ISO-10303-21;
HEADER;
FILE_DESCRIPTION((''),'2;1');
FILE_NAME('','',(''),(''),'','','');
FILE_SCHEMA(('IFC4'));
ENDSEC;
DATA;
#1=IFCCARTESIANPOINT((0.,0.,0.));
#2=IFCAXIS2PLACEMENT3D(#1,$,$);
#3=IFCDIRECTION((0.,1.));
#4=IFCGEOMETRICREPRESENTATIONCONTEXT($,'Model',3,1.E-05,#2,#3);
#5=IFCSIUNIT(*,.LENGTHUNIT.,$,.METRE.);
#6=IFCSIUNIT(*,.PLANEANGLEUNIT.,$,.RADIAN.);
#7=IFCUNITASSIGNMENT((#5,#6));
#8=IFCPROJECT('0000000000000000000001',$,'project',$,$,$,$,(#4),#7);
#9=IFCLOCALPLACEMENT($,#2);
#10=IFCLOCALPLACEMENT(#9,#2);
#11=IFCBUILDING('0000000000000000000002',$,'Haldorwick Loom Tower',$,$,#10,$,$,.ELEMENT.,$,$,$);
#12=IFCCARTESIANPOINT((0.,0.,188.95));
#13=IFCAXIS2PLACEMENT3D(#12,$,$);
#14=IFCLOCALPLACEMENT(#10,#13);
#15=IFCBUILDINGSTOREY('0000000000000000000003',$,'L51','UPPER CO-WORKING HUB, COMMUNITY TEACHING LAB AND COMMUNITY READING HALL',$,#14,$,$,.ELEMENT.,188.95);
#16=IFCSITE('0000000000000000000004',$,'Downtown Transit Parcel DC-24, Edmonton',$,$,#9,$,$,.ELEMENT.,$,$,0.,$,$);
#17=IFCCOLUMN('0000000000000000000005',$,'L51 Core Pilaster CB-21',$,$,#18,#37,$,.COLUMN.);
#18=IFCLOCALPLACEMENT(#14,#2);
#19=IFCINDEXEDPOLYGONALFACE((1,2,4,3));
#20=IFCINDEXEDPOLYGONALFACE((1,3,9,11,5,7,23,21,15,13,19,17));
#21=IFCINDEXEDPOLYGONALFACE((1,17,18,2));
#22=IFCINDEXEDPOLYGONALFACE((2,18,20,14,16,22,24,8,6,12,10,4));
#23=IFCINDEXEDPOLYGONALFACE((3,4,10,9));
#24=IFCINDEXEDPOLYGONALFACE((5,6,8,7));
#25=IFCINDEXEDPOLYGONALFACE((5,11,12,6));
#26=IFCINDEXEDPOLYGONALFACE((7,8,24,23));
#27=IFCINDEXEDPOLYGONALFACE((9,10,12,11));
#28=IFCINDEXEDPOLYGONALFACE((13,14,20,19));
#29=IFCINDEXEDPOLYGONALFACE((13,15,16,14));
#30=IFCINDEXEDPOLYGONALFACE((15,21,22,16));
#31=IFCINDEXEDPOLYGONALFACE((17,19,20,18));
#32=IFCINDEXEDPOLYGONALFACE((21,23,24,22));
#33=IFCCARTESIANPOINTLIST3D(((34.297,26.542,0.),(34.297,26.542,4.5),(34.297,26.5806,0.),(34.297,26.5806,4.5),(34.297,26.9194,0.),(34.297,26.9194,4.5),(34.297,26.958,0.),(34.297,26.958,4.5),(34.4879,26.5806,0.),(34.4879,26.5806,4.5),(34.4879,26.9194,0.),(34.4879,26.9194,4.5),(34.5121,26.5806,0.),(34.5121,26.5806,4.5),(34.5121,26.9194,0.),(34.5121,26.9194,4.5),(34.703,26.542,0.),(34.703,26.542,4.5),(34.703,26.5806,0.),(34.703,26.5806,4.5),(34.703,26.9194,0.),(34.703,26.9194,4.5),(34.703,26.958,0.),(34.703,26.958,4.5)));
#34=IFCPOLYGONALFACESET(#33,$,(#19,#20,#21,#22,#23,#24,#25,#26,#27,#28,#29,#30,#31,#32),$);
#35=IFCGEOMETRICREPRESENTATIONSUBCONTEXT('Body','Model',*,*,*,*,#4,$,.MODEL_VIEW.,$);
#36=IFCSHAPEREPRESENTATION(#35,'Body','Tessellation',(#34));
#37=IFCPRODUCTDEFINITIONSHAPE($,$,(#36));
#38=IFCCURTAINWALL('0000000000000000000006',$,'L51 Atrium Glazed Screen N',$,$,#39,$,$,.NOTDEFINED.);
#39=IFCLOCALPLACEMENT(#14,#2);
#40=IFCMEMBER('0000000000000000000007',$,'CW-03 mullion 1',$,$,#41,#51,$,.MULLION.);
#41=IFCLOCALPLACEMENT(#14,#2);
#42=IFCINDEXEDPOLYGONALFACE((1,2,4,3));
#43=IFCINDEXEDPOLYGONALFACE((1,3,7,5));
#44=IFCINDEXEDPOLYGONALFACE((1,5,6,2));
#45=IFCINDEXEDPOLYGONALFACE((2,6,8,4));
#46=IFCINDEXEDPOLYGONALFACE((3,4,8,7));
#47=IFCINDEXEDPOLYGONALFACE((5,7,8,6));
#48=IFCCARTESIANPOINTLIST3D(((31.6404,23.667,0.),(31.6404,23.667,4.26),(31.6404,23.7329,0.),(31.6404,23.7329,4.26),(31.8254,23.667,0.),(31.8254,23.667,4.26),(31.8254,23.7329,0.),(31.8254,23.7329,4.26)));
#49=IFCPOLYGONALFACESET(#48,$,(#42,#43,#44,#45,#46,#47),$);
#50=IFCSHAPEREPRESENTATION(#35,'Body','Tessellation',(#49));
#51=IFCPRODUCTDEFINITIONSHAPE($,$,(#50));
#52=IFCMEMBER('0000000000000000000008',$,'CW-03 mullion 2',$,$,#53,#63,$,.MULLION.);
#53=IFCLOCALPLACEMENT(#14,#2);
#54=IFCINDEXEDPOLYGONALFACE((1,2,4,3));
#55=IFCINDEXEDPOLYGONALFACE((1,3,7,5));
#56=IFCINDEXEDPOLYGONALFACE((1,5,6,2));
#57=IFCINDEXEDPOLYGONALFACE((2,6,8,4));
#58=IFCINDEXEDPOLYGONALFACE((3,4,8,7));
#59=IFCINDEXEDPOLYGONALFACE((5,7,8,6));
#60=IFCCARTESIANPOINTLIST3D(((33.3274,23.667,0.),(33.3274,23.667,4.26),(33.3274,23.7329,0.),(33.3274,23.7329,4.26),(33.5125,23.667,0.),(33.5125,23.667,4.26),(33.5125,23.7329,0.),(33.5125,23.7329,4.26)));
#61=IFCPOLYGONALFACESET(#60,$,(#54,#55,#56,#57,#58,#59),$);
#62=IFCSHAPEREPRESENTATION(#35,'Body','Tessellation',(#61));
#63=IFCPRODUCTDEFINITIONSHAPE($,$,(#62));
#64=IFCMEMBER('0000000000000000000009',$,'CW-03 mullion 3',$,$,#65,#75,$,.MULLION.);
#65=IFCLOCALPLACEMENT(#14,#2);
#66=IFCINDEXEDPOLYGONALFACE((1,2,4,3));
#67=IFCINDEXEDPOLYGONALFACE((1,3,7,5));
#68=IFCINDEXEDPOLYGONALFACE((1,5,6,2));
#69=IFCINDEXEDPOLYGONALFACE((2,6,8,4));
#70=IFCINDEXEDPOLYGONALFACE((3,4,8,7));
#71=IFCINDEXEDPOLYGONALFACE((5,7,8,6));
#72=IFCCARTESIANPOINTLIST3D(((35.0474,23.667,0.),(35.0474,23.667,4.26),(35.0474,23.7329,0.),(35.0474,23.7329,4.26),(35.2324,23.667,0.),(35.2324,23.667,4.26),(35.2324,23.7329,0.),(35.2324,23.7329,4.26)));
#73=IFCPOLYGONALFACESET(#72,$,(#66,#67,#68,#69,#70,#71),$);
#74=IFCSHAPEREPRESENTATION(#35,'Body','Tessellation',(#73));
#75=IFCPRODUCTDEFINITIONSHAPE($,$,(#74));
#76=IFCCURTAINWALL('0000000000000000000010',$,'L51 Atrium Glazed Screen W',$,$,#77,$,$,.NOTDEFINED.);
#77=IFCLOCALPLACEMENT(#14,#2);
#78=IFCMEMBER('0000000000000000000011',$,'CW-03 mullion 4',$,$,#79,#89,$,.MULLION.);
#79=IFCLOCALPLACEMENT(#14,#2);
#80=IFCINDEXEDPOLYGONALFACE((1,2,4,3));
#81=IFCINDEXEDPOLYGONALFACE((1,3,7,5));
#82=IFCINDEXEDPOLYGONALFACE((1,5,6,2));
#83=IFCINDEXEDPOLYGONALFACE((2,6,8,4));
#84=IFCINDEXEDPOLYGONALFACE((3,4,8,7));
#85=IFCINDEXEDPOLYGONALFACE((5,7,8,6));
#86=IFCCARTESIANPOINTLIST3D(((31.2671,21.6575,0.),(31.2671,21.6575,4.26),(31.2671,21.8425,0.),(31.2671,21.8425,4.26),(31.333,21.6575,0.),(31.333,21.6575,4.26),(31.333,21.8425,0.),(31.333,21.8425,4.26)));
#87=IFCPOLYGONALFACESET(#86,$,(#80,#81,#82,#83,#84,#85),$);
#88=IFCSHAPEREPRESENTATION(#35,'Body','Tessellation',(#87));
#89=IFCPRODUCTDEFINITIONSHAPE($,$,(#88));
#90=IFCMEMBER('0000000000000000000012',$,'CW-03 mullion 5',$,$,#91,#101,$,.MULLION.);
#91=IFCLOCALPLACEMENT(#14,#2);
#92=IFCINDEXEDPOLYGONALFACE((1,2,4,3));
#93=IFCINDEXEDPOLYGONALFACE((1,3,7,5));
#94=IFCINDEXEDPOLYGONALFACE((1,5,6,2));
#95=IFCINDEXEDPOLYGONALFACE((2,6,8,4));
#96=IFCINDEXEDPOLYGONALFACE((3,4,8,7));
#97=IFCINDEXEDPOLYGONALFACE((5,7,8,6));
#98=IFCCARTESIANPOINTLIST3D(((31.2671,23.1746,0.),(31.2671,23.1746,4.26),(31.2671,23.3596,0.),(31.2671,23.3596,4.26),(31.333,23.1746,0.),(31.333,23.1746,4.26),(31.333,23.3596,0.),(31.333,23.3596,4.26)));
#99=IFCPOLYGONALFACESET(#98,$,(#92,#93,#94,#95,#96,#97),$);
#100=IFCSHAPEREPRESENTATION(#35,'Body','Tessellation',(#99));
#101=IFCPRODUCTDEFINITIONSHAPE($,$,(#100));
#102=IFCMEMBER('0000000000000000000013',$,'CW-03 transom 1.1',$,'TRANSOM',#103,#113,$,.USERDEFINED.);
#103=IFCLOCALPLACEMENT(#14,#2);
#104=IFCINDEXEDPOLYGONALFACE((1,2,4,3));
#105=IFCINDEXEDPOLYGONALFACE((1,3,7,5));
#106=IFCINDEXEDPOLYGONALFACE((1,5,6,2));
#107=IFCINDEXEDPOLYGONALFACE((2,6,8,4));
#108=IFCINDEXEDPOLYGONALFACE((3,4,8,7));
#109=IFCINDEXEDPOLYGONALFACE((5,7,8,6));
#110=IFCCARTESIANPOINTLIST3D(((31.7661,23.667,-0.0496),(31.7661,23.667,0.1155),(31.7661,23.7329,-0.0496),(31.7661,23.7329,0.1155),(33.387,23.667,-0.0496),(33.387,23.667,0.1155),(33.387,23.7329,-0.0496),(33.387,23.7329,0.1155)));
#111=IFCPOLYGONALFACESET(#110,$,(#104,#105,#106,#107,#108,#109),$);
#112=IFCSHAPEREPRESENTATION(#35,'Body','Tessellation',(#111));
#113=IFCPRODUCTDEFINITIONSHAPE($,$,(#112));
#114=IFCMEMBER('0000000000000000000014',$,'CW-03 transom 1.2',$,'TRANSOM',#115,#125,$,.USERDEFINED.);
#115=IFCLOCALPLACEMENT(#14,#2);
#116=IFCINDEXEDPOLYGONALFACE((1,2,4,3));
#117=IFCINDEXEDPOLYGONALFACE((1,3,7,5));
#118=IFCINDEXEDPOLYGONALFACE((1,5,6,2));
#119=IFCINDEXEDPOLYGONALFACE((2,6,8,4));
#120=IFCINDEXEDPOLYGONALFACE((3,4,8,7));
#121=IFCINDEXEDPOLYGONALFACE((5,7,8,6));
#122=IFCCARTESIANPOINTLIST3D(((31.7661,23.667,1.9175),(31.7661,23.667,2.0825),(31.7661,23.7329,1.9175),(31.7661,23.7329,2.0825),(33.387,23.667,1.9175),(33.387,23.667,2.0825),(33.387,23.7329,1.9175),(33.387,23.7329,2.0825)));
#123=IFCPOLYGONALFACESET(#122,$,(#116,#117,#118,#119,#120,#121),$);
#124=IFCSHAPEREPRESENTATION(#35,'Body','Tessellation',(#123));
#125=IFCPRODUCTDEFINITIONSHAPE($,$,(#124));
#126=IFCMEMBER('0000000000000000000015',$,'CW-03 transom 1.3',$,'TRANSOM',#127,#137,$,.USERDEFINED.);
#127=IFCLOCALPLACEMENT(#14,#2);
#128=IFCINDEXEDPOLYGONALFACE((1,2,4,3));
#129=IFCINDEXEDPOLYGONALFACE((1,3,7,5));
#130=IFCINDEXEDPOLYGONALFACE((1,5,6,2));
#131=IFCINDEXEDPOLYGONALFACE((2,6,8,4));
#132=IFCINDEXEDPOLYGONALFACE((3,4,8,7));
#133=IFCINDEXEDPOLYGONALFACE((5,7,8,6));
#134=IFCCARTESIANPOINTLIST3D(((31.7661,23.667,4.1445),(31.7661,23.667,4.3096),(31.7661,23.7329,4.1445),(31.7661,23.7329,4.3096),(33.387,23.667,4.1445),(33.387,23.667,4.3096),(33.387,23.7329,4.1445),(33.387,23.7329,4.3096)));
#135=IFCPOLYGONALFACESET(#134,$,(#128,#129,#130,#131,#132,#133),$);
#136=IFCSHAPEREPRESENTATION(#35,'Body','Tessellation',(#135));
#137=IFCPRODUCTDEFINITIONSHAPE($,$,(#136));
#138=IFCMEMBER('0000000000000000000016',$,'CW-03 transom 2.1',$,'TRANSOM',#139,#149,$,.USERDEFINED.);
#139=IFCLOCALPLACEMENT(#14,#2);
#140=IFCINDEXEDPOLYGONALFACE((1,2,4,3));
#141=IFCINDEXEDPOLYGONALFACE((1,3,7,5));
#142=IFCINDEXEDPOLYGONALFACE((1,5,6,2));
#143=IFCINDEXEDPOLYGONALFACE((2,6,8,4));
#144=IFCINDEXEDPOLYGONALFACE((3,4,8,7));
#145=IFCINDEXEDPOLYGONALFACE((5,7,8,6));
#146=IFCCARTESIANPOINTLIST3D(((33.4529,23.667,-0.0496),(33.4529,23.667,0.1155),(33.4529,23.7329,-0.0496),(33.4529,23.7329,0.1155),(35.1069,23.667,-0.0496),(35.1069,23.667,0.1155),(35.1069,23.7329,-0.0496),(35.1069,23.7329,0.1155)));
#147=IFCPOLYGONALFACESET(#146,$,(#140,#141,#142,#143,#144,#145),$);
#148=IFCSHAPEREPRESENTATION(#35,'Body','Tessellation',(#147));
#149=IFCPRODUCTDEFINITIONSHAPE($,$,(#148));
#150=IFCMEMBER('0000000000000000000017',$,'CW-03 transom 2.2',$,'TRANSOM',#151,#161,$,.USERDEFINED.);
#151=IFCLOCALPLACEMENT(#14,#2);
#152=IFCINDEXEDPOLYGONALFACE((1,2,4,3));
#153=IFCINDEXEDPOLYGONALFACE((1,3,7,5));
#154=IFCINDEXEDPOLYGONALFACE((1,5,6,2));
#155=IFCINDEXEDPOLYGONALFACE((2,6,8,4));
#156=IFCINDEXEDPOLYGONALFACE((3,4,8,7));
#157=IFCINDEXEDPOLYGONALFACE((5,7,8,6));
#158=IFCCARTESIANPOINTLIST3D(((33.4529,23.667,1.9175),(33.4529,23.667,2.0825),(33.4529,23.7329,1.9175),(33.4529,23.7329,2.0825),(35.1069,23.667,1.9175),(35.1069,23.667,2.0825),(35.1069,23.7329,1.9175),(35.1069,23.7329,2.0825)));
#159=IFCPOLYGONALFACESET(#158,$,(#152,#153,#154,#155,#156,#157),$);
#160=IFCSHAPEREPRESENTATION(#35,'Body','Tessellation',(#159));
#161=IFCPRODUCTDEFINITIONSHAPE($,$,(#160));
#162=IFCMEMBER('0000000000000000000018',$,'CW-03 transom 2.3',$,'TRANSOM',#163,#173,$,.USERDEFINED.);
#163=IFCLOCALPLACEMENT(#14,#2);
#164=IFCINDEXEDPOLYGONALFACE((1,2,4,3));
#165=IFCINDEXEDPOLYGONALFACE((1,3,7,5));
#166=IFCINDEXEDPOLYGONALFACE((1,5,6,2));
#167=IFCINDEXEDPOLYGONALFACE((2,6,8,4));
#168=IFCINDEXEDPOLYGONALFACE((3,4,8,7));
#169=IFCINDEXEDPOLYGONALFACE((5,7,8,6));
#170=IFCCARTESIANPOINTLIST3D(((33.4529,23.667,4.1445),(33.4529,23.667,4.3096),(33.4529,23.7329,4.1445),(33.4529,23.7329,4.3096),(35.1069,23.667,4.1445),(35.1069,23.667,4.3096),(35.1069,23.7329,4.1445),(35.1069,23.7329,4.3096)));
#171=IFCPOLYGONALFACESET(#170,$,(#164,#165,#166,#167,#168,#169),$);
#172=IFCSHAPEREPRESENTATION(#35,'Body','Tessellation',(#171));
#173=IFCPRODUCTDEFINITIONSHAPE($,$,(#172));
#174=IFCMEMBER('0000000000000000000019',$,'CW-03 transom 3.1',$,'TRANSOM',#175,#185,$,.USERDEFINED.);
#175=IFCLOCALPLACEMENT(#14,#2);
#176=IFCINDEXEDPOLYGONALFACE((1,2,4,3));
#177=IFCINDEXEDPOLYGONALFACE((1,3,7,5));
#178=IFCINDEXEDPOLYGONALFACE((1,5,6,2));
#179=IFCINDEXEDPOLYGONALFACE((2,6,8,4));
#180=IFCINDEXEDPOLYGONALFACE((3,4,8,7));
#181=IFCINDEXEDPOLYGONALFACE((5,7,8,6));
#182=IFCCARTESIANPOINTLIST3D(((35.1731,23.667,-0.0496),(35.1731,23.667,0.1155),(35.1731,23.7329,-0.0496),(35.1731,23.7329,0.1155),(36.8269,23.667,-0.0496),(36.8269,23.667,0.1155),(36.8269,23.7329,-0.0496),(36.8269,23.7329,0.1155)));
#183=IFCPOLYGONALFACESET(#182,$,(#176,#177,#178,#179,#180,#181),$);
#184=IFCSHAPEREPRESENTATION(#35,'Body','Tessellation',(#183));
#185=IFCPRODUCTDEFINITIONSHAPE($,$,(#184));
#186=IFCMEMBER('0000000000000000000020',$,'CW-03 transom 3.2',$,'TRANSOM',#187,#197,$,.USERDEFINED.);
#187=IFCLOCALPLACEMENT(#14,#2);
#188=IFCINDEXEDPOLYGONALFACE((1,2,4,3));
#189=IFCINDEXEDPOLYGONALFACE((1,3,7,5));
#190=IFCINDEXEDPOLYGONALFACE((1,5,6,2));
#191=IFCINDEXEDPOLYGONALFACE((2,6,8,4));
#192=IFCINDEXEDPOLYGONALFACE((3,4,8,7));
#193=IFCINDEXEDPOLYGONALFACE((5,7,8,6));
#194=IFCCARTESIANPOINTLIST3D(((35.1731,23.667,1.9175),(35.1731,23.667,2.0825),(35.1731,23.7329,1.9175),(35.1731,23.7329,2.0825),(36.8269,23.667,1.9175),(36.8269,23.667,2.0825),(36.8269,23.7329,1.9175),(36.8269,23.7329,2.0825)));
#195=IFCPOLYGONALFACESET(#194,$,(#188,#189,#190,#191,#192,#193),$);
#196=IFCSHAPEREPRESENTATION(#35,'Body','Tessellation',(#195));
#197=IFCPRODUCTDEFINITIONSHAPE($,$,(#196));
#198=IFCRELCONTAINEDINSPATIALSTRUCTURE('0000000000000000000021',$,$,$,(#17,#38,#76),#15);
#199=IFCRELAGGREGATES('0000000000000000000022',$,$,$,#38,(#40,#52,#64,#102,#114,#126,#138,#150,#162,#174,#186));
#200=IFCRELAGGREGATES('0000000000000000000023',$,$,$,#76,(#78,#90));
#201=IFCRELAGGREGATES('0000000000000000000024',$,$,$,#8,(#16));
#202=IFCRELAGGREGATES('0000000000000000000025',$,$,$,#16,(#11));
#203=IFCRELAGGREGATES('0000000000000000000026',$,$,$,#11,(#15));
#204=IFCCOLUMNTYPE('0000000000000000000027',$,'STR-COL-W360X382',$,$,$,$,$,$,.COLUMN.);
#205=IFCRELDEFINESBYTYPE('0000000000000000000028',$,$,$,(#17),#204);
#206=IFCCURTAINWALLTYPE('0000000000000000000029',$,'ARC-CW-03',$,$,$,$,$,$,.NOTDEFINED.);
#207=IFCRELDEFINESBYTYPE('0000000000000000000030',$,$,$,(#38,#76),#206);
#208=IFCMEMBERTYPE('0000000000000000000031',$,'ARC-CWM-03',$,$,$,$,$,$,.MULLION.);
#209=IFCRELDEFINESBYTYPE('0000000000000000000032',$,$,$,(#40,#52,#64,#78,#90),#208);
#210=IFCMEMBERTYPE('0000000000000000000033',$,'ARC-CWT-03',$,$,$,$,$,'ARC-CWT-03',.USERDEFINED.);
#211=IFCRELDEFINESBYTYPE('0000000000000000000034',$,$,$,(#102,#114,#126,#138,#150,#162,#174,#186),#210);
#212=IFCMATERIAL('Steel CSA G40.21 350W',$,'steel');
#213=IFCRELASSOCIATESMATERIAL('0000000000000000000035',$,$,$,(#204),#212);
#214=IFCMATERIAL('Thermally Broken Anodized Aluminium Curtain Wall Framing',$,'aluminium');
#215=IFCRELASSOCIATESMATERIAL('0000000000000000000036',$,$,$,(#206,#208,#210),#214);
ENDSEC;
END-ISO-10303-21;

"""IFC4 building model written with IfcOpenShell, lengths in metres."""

from ifc_helpers import new_model, si_unit, direction, frame, origin, origin_2d, place, context, subcontext, project, spatial, rectangle, i_section, extrude, material, material_profile, profile_set, type_object, element, aggregate, save


model = new_model("IFC4")

# Units and contexts
model_context = context("Model", 3, precision=1e-05, world=origin(), true_north=direction((0.0, 1.0)))
body_context = subcontext(model_context, "Body", "Model", "MODEL_VIEW")
ifc_project = project(units=[si_unit("LENGTHUNIT", "METRE"), si_unit("PLANEANGLEUNIT", "RADIAN")], contexts=[model_context])

# Site, building, storey
site_placement = place(None, origin())
site = spatial("IfcSite", under=ifc_project, at=site_placement, Name="Downtown Transit Parcel DC-24, Edmonton", CompositionType="ELEMENT", RefElevation=0.0)
building_placement = place(site_placement, origin())
building = spatial("IfcBuilding", under=site, at=building_placement, Name="Haldorwick Loom Tower", CompositionType="ELEMENT")
storey_placement = place(building_placement, frame((0.0, 0.0, 188.95)))
storey = spatial("IfcBuildingStorey", under=building, at=storey_placement, Name="L51", Description="UPPER CO-WORKING HUB, COMMUNITY TEACHING LAB AND COMMUNITY READING HALL", CompositionType="ELEMENT", Elevation=188.95)

# Column
ifc_material_1 = material(Name="Steel CSA G40.21 350W", Category="steel")
ifc_material_profile_1 = material_profile(ifc_material_1, i_section(OverallWidth=0.406, OverallDepth=0.416, WebThickness=0.0242, FlangeThickness=0.0386, at=origin_2d()), Name="W360X382", Category="steel")
ifc_profile_set_1 = profile_set([ifc_material_profile_1], Name="Steel CSA G40.21 350W")
column_type = type_object("IfcColumnType", Name="STR-COL-W360X382", PredefinedType="COLUMN", material=ifc_profile_set_1)
column_placement = place(storey_placement, frame((34.5, 26.75, 0.0), z_axis=(0.0, 0.0, 1.0), x_axis=(1.0, 0.0, 0.0)))
element("IfcColumn", 1, at=column_placement, inside=storey, type_object=column_type, Name="L51 Core Pilaster CB-21", PredefinedType="COLUMN", context=body_context, shape_type="SweptSolid", body=[
    extrude(i_section(OverallWidth=0.406, OverallDepth=0.416, WebThickness=0.0242, FlangeThickness=0.0386, at=origin_2d()), origin(), (0.0, 0.0, 1.0), 4.5),
])

# Curtain walls, members
ifc_material_2 = material(Name="Thermally Broken Anodized Aluminium Curtain Wall Framing", Category="aluminium")
curtain_wall_type = type_object("IfcCurtainWallType", Name="ARC-CW-03", PredefinedType="NOTDEFINED", material=ifc_material_2)
curtain_wall_1_placement = place(storey_placement, origin())
curtain_wall_1 = element("IfcCurtainWall", 2, at=curtain_wall_1_placement, inside=storey, type_object=curtain_wall_type, Name="L51 Atrium Glazed Screen N", PredefinedType="NOTDEFINED")
ifc_material_profile_2 = material_profile(ifc_material_2, rectangle(XDim=0.0659, YDim=0.1851, at=origin_2d()), Name="ALU_MUL_66X185", Category="aluminium")
ifc_profile_set_2 = profile_set([ifc_material_profile_2], Name="Thermally Broken Anodized Aluminium Curtain Wall Framing")
member_type_1 = type_object("IfcMemberType", Name="ARC-CWM-03", PredefinedType="MULLION", material=ifc_profile_set_2)
member_1_placement = place(storey_placement, frame((31.7329, 23.7, 0.0), z_axis=(0.0, 0.0, 1.0), x_axis=(0.0, 1.0, 0.0)))
member_1 = element("IfcMember", 3, at=member_1_placement, type_object=member_type_1, Name="CW-03 mullion 1", PredefinedType="MULLION", context=body_context, shape_type="SweptSolid", body=[
    extrude(rectangle(XDim=0.0659, YDim=0.1851, at=origin_2d()), origin(), (0.0, 0.0, 1.0), 4.26),
])
member_2_placement = place(storey_placement, frame((33.4199, 23.7, 0.0), z_axis=(0.0, 0.0, 1.0), x_axis=(0.0, 1.0, 0.0)))
member_2 = element("IfcMember", 4, at=member_2_placement, type_object=member_type_1, Name="CW-03 mullion 2", PredefinedType="MULLION", context=body_context, shape_type="SweptSolid", body=[
    extrude(rectangle(XDim=0.0659, YDim=0.1851, at=origin_2d()), origin(), (0.0, 0.0, 1.0), 4.26),
])
member_3_placement = place(storey_placement, frame((35.1399, 23.7, 0.0), z_axis=(0.0, 0.0, 1.0), x_axis=(0.0, 1.0, 0.0)))
member_3 = element("IfcMember", 5, at=member_3_placement, type_object=member_type_1, Name="CW-03 mullion 3", PredefinedType="MULLION", context=body_context, shape_type="SweptSolid", body=[
    extrude(rectangle(XDim=0.0659, YDim=0.1851, at=origin_2d()), origin(), (0.0, 0.0, 1.0), 4.26),
])
curtain_wall_2_placement = place(storey_placement, origin())
curtain_wall_2 = element("IfcCurtainWall", 6, at=curtain_wall_2_placement, inside=storey, type_object=curtain_wall_type, Name="L51 Atrium Glazed Screen W", PredefinedType="NOTDEFINED")
member_4_placement = place(storey_placement, frame((31.3, 21.75, 0.0), z_axis=(0.0, 0.0, 1.0), x_axis=(-1.0, 0.0, 0.0)))
member_4 = element("IfcMember", 7, at=member_4_placement, type_object=member_type_1, Name="CW-03 mullion 4", PredefinedType="MULLION", context=body_context, shape_type="SweptSolid", body=[
    extrude(rectangle(XDim=0.0659, YDim=0.1851, at=origin_2d()), origin(), (0.0, 0.0, 1.0), 4.26),
])
member_5_placement = place(storey_placement, frame((31.3, 23.2671, 0.0), z_axis=(0.0, 0.0, 1.0), x_axis=(-1.0, 0.0, 0.0)))
member_5 = element("IfcMember", 8, at=member_5_placement, type_object=member_type_1, Name="CW-03 mullion 5", PredefinedType="MULLION", context=body_context, shape_type="SweptSolid", body=[
    extrude(rectangle(XDim=0.0659, YDim=0.1851, at=origin_2d()), origin(), (0.0, 0.0, 1.0), 4.26),
])

# Members
ifc_material_profile_3 = material_profile(ifc_material_2, rectangle(XDim=0.0659, YDim=0.165, at=origin_2d()), Name="ALU_TRN_66X165", Category="aluminium")
ifc_profile_set_3 = profile_set([ifc_material_profile_3], Name="Thermally Broken Anodized Aluminium Curtain Wall Framing")
member_type_2 = type_object("IfcMemberType", Name="ARC-CWT-03", ElementType="ARC-CWT-03", PredefinedType="USERDEFINED", material=ifc_profile_set_3)
member_6_placement = place(storey_placement, frame((31.7661, 23.7, 0.033), z_axis=(1.0, 0.0, 0.0), x_axis=(0.0, 1.0, 0.0)))
member_6 = element("IfcMember", 9, at=member_6_placement, type_object=member_type_2, Name="CW-03 transom 1.1", ObjectType="TRANSOM", PredefinedType="USERDEFINED", context=body_context, shape_type="SweptSolid", body=[
    extrude(rectangle(XDim=0.0659, YDim=0.165, at=origin_2d()), origin(), (0.0, 0.0, 1.0), 1.6208),
])
member_7_placement = place(storey_placement, frame((31.7661, 23.7, 2.0), z_axis=(1.0, 0.0, 0.0), x_axis=(0.0, 1.0, 0.0)))
member_7 = element("IfcMember", 10, at=member_7_placement, type_object=member_type_2, Name="CW-03 transom 1.2", ObjectType="TRANSOM", PredefinedType="USERDEFINED", context=body_context, shape_type="SweptSolid", body=[
    extrude(rectangle(XDim=0.0659, YDim=0.165, at=origin_2d()), origin(), (0.0, 0.0, 1.0), 1.6208),
])
member_8_placement = place(storey_placement, frame((31.7661, 23.7, 4.2271), z_axis=(1.0, 0.0, 0.0), x_axis=(0.0, 1.0, 0.0)))
member_8 = element("IfcMember", 11, at=member_8_placement, type_object=member_type_2, Name="CW-03 transom 1.3", ObjectType="TRANSOM", PredefinedType="USERDEFINED", context=body_context, shape_type="SweptSolid", body=[
    extrude(rectangle(XDim=0.0659, YDim=0.165, at=origin_2d()), origin(), (0.0, 0.0, 1.0), 1.6208),
])
member_9_placement = place(storey_placement, frame((33.4529, 23.7, 0.033), z_axis=(1.0, 0.0, 0.0), x_axis=(0.0, 1.0, 0.0)))
member_9 = element("IfcMember", 12, at=member_9_placement, type_object=member_type_2, Name="CW-03 transom 2.1", ObjectType="TRANSOM", PredefinedType="USERDEFINED", context=body_context, shape_type="SweptSolid", body=[
    extrude(rectangle(XDim=0.0659, YDim=0.165, at=origin_2d()), origin(), (0.0, 0.0, 1.0), 1.6541),
])
member_10_placement = place(storey_placement, frame((33.4529, 23.7, 2.0), z_axis=(1.0, 0.0, 0.0), x_axis=(0.0, 1.0, 0.0)))
member_10 = element("IfcMember", 13, at=member_10_placement, type_object=member_type_2, Name="CW-03 transom 2.2", ObjectType="TRANSOM", PredefinedType="USERDEFINED", context=body_context, shape_type="SweptSolid", body=[
    extrude(rectangle(XDim=0.0659, YDim=0.165, at=origin_2d()), origin(), (0.0, 0.0, 1.0), 1.6541),
])
member_11_placement = place(storey_placement, frame((33.4529, 23.7, 4.2271), z_axis=(1.0, 0.0, 0.0), x_axis=(0.0, 1.0, 0.0)))
member_11 = element("IfcMember", 14, at=member_11_placement, type_object=member_type_2, Name="CW-03 transom 2.3", ObjectType="TRANSOM", PredefinedType="USERDEFINED", context=body_context, shape_type="SweptSolid", body=[
    extrude(rectangle(XDim=0.0659, YDim=0.165, at=origin_2d()), origin(), (0.0, 0.0, 1.0), 1.6541),
])
member_12_placement = place(storey_placement, frame((35.1731, 23.7, 0.033), z_axis=(1.0, 0.0, 0.0), x_axis=(0.0, 1.0, 0.0)))
member_12 = element("IfcMember", 15, at=member_12_placement, type_object=member_type_2, Name="CW-03 transom 3.1", ObjectType="TRANSOM", PredefinedType="USERDEFINED", context=body_context, shape_type="SweptSolid", body=[
    extrude(rectangle(XDim=0.0659, YDim=0.165, at=origin_2d()), origin(), (0.0, 0.0, 1.0), 1.6538),
])
member_13_placement = place(storey_placement, frame((35.1731, 23.7, 2.0), z_axis=(1.0, 0.0, 0.0), x_axis=(0.0, 1.0, 0.0)))
member_13 = element("IfcMember", 16, at=member_13_placement, type_object=member_type_2, Name="CW-03 transom 3.2", ObjectType="TRANSOM", PredefinedType="USERDEFINED", context=body_context, shape_type="SweptSolid", body=[
    extrude(rectangle(XDim=0.0659, YDim=0.165, at=origin_2d()), origin(), (0.0, 0.0, 1.0), 1.6538),
])

aggregate(curtain_wall_1, [member_1, member_2, member_3, member_6, member_7, member_8, member_9, member_10, member_11, member_12, member_13])
aggregate(curtain_wall_2, [member_4, member_5])

save(model, "model.ifc")
